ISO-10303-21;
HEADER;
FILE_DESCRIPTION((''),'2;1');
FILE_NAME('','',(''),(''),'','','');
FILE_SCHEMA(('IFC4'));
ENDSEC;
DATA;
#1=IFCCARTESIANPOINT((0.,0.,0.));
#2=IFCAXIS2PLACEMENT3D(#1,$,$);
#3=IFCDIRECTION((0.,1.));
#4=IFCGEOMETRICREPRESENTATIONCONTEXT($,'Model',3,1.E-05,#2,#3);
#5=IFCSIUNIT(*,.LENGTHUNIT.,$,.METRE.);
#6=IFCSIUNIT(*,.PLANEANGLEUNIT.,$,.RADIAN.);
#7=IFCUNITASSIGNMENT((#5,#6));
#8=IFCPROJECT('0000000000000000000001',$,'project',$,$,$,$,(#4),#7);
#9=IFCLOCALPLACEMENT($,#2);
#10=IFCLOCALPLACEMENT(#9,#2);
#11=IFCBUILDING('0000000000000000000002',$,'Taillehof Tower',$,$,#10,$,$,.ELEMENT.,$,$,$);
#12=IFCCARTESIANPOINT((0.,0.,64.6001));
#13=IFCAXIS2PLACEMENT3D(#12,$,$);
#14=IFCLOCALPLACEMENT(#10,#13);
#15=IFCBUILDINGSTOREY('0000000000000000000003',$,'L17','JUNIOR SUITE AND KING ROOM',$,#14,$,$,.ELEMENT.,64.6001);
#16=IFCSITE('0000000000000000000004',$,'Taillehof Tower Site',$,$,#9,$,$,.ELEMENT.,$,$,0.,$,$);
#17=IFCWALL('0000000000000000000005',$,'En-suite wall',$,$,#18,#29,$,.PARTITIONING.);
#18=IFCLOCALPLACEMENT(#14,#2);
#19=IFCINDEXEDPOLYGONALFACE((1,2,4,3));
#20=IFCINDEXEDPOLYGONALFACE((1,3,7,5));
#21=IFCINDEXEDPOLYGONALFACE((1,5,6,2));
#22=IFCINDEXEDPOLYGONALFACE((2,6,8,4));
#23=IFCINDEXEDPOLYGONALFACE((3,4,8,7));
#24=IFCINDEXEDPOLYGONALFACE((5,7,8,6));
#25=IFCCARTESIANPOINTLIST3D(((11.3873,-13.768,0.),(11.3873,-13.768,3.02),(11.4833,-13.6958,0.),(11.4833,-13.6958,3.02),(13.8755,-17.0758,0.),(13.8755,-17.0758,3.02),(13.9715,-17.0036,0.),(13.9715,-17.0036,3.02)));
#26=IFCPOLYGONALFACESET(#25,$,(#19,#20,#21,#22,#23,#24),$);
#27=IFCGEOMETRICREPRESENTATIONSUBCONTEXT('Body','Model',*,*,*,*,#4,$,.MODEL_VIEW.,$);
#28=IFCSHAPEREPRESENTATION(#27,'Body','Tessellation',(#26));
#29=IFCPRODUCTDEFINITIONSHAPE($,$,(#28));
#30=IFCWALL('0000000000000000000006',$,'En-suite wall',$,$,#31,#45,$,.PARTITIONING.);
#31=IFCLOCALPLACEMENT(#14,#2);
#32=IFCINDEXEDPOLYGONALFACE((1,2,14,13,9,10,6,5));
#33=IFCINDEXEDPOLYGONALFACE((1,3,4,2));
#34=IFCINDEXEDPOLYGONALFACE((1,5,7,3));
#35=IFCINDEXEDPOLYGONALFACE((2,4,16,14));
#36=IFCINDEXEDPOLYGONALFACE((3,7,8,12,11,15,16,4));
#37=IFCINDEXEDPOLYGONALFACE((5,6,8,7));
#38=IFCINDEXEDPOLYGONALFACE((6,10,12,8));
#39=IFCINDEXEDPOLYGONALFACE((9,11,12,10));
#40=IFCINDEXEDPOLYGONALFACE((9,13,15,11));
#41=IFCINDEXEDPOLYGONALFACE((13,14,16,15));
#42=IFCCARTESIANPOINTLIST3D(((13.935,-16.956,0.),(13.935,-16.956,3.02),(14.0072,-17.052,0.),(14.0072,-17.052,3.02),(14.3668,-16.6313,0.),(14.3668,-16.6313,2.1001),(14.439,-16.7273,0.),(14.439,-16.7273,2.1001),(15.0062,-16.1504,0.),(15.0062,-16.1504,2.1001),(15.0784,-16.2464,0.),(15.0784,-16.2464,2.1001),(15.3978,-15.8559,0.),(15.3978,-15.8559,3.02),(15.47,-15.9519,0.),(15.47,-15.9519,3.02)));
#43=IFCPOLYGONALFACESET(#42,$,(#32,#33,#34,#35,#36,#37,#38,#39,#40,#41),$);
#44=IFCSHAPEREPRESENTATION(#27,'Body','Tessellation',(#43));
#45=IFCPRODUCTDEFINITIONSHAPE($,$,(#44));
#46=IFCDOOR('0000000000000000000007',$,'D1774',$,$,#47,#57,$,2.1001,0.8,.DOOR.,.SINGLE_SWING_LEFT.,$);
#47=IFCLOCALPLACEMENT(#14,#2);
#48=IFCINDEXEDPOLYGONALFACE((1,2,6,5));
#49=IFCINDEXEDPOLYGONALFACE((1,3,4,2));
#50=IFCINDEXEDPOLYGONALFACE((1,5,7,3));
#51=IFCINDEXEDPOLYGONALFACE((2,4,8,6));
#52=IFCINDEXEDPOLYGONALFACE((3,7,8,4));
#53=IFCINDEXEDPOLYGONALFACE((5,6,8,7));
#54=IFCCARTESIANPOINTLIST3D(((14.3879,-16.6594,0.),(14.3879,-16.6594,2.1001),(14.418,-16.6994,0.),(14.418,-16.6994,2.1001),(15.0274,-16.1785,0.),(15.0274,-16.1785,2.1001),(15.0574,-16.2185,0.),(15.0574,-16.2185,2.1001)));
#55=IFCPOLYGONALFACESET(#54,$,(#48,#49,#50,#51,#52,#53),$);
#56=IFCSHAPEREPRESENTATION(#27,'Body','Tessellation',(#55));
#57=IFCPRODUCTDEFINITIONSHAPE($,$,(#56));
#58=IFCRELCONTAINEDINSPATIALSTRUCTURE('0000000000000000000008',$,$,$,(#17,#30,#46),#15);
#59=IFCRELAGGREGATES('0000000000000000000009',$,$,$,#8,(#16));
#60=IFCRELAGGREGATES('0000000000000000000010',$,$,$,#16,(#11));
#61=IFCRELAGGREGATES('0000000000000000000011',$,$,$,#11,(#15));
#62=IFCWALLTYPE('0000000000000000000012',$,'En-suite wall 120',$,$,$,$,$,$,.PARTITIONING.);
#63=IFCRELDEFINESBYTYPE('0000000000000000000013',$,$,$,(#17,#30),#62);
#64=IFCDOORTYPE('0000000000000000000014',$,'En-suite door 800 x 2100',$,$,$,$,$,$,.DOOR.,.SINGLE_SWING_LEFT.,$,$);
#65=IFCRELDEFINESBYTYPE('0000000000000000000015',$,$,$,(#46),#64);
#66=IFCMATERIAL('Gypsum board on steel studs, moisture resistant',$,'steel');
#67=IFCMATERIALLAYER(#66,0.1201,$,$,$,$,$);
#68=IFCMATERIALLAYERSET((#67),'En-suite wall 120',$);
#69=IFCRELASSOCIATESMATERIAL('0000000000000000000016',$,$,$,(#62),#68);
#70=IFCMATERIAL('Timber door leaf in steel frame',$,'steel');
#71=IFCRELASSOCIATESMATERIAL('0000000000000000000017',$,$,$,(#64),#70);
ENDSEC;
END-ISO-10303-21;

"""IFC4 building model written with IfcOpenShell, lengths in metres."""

from ifc_helpers import new_model, si_unit, direction, frame, frame_2d, origin, place, context, subcontext, project, spatial, rectangle, extrude, material, layer, layer_set, type_object, element, fill, save


model = new_model("IFC4")

# Units and contexts
model_context = context("Model", 3, precision=1e-05, world=origin(), true_north=direction((0.0, 1.0)))
body_context = subcontext(model_context, "Body", "Model", "MODEL_VIEW")
ifc_project = project(units=[si_unit("LENGTHUNIT", "METRE"), si_unit("PLANEANGLEUNIT", "RADIAN")], contexts=[model_context])

# Site, building, storey
site_placement = place(None, origin())
site = spatial("IfcSite", under=ifc_project, at=site_placement, Name="Taillehof Tower Site", CompositionType="ELEMENT", RefElevation=0.0)
building_placement = place(site_placement, origin())
building = spatial("IfcBuilding", under=site, at=building_placement, Name="Taillehof Tower", CompositionType="ELEMENT")
storey_placement = place(building_placement, frame((0.0, 0.0, 64.6001)))
storey = spatial("IfcBuildingStorey", under=building, at=storey_placement, Name="L17", Description="JUNIOR SUITE AND KING ROOM", CompositionType="ELEMENT", Elevation=64.6001)

# Wall
ifc_material_1 = material(Name="Gypsum board on steel studs, moisture resistant", Category="steel")
ifc_layer_1 = layer(ifc_material_1, 0.1201)
ifc_layer_set_1 = layer_set([ifc_layer_1], Name="En-suite wall 120")
wall_type_1 = type_object("IfcWallType", Name="En-suite wall 120", PredefinedType="PARTITIONING", material=ifc_layer_set_1)
wall_1_placement = place(storey_placement, frame((11.4353, -13.7319, 0.0), z_axis=(0.0, 0.0, 1.0), x_axis=(0.601141, -0.799143, 0.0)))
element("IfcWall", 1, at=wall_1_placement, inside=storey, type_object=wall_type_1, Name="En-suite wall", PredefinedType="PARTITIONING", context=body_context, shape_type="SweptSolid", body=[
    extrude(rectangle(XDim=4.1392, YDim=0.1201, at=frame_2d((2.0696, 0.0))), origin(), (0.0, 0.0, 1.0), 3.02),
])

# Wall, opening, door
wall_2_placement = place(storey_placement, frame((13.9712, -17.0039, 0.0), z_axis=(0.0, 0.0, 1.0), x_axis=(0.799231, 0.601024, 0.0)))
wall_2 = element("IfcWall", 2, at=wall_2_placement, inside=storey, type_object=wall_type_1, Name="En-suite wall", PredefinedType="PARTITIONING", context=body_context, shape_type="SweptSolid", body=[
    extrude(rectangle(XDim=1.8303, YDim=0.1201, at=frame_2d((0.915, 0.0))), origin(), (0.0, 0.0, 1.0), 3.02),
])
opening_1_placement = place(wall_2_placement, frame((0.5403, 0.0, 0.0)))
opening_1 = element("IfcOpeningElement", 3, at=opening_1_placement, cuts=wall_2, PredefinedType="OPENING", context=body_context, shape_type="SweptSolid", body=[
    extrude(rectangle(XDim=0.8, YDim=2.1001, at=frame_2d((0.3999, 1.05))), frame((0.0, 0.0701, 0.0), z_axis=(0.0, -1.0, 0.0), x_axis=(1.0, 0.0, 0.0)), (0.0, 0.0, 1.0), 0.1401),
])
ifc_material_2 = material(Name="Timber door leaf in steel frame", Category="steel")
door_type_1 = type_object("IfcDoorType", Name="En-suite door 800 x 2100", OperationType="SINGLE_SWING_LEFT", PredefinedType="DOOR", material=ifc_material_2)
door_1_placement = place(opening_1_placement, origin())
door_1 = element("IfcDoor", 4, at=door_1_placement, inside=storey, type_object=door_type_1, Name="D1774", OperationType="SINGLE_SWING_LEFT", OverallHeight=2.1001, OverallWidth=0.8, PredefinedType="DOOR", context=body_context, shape_type="SweptSolid", body=[
    extrude(rectangle(XDim=0.8, YDim=2.1001, at=frame_2d((0.3999, 1.05))), frame((0.0, 0.0249, 0.0), z_axis=(0.0, -1.0, 0.0), x_axis=(1.0, 0.0, 0.0)), (0.0, 0.0, 1.0), 0.05),
])
fill(opening_1, door_1)

save(model, "model.ifc")
